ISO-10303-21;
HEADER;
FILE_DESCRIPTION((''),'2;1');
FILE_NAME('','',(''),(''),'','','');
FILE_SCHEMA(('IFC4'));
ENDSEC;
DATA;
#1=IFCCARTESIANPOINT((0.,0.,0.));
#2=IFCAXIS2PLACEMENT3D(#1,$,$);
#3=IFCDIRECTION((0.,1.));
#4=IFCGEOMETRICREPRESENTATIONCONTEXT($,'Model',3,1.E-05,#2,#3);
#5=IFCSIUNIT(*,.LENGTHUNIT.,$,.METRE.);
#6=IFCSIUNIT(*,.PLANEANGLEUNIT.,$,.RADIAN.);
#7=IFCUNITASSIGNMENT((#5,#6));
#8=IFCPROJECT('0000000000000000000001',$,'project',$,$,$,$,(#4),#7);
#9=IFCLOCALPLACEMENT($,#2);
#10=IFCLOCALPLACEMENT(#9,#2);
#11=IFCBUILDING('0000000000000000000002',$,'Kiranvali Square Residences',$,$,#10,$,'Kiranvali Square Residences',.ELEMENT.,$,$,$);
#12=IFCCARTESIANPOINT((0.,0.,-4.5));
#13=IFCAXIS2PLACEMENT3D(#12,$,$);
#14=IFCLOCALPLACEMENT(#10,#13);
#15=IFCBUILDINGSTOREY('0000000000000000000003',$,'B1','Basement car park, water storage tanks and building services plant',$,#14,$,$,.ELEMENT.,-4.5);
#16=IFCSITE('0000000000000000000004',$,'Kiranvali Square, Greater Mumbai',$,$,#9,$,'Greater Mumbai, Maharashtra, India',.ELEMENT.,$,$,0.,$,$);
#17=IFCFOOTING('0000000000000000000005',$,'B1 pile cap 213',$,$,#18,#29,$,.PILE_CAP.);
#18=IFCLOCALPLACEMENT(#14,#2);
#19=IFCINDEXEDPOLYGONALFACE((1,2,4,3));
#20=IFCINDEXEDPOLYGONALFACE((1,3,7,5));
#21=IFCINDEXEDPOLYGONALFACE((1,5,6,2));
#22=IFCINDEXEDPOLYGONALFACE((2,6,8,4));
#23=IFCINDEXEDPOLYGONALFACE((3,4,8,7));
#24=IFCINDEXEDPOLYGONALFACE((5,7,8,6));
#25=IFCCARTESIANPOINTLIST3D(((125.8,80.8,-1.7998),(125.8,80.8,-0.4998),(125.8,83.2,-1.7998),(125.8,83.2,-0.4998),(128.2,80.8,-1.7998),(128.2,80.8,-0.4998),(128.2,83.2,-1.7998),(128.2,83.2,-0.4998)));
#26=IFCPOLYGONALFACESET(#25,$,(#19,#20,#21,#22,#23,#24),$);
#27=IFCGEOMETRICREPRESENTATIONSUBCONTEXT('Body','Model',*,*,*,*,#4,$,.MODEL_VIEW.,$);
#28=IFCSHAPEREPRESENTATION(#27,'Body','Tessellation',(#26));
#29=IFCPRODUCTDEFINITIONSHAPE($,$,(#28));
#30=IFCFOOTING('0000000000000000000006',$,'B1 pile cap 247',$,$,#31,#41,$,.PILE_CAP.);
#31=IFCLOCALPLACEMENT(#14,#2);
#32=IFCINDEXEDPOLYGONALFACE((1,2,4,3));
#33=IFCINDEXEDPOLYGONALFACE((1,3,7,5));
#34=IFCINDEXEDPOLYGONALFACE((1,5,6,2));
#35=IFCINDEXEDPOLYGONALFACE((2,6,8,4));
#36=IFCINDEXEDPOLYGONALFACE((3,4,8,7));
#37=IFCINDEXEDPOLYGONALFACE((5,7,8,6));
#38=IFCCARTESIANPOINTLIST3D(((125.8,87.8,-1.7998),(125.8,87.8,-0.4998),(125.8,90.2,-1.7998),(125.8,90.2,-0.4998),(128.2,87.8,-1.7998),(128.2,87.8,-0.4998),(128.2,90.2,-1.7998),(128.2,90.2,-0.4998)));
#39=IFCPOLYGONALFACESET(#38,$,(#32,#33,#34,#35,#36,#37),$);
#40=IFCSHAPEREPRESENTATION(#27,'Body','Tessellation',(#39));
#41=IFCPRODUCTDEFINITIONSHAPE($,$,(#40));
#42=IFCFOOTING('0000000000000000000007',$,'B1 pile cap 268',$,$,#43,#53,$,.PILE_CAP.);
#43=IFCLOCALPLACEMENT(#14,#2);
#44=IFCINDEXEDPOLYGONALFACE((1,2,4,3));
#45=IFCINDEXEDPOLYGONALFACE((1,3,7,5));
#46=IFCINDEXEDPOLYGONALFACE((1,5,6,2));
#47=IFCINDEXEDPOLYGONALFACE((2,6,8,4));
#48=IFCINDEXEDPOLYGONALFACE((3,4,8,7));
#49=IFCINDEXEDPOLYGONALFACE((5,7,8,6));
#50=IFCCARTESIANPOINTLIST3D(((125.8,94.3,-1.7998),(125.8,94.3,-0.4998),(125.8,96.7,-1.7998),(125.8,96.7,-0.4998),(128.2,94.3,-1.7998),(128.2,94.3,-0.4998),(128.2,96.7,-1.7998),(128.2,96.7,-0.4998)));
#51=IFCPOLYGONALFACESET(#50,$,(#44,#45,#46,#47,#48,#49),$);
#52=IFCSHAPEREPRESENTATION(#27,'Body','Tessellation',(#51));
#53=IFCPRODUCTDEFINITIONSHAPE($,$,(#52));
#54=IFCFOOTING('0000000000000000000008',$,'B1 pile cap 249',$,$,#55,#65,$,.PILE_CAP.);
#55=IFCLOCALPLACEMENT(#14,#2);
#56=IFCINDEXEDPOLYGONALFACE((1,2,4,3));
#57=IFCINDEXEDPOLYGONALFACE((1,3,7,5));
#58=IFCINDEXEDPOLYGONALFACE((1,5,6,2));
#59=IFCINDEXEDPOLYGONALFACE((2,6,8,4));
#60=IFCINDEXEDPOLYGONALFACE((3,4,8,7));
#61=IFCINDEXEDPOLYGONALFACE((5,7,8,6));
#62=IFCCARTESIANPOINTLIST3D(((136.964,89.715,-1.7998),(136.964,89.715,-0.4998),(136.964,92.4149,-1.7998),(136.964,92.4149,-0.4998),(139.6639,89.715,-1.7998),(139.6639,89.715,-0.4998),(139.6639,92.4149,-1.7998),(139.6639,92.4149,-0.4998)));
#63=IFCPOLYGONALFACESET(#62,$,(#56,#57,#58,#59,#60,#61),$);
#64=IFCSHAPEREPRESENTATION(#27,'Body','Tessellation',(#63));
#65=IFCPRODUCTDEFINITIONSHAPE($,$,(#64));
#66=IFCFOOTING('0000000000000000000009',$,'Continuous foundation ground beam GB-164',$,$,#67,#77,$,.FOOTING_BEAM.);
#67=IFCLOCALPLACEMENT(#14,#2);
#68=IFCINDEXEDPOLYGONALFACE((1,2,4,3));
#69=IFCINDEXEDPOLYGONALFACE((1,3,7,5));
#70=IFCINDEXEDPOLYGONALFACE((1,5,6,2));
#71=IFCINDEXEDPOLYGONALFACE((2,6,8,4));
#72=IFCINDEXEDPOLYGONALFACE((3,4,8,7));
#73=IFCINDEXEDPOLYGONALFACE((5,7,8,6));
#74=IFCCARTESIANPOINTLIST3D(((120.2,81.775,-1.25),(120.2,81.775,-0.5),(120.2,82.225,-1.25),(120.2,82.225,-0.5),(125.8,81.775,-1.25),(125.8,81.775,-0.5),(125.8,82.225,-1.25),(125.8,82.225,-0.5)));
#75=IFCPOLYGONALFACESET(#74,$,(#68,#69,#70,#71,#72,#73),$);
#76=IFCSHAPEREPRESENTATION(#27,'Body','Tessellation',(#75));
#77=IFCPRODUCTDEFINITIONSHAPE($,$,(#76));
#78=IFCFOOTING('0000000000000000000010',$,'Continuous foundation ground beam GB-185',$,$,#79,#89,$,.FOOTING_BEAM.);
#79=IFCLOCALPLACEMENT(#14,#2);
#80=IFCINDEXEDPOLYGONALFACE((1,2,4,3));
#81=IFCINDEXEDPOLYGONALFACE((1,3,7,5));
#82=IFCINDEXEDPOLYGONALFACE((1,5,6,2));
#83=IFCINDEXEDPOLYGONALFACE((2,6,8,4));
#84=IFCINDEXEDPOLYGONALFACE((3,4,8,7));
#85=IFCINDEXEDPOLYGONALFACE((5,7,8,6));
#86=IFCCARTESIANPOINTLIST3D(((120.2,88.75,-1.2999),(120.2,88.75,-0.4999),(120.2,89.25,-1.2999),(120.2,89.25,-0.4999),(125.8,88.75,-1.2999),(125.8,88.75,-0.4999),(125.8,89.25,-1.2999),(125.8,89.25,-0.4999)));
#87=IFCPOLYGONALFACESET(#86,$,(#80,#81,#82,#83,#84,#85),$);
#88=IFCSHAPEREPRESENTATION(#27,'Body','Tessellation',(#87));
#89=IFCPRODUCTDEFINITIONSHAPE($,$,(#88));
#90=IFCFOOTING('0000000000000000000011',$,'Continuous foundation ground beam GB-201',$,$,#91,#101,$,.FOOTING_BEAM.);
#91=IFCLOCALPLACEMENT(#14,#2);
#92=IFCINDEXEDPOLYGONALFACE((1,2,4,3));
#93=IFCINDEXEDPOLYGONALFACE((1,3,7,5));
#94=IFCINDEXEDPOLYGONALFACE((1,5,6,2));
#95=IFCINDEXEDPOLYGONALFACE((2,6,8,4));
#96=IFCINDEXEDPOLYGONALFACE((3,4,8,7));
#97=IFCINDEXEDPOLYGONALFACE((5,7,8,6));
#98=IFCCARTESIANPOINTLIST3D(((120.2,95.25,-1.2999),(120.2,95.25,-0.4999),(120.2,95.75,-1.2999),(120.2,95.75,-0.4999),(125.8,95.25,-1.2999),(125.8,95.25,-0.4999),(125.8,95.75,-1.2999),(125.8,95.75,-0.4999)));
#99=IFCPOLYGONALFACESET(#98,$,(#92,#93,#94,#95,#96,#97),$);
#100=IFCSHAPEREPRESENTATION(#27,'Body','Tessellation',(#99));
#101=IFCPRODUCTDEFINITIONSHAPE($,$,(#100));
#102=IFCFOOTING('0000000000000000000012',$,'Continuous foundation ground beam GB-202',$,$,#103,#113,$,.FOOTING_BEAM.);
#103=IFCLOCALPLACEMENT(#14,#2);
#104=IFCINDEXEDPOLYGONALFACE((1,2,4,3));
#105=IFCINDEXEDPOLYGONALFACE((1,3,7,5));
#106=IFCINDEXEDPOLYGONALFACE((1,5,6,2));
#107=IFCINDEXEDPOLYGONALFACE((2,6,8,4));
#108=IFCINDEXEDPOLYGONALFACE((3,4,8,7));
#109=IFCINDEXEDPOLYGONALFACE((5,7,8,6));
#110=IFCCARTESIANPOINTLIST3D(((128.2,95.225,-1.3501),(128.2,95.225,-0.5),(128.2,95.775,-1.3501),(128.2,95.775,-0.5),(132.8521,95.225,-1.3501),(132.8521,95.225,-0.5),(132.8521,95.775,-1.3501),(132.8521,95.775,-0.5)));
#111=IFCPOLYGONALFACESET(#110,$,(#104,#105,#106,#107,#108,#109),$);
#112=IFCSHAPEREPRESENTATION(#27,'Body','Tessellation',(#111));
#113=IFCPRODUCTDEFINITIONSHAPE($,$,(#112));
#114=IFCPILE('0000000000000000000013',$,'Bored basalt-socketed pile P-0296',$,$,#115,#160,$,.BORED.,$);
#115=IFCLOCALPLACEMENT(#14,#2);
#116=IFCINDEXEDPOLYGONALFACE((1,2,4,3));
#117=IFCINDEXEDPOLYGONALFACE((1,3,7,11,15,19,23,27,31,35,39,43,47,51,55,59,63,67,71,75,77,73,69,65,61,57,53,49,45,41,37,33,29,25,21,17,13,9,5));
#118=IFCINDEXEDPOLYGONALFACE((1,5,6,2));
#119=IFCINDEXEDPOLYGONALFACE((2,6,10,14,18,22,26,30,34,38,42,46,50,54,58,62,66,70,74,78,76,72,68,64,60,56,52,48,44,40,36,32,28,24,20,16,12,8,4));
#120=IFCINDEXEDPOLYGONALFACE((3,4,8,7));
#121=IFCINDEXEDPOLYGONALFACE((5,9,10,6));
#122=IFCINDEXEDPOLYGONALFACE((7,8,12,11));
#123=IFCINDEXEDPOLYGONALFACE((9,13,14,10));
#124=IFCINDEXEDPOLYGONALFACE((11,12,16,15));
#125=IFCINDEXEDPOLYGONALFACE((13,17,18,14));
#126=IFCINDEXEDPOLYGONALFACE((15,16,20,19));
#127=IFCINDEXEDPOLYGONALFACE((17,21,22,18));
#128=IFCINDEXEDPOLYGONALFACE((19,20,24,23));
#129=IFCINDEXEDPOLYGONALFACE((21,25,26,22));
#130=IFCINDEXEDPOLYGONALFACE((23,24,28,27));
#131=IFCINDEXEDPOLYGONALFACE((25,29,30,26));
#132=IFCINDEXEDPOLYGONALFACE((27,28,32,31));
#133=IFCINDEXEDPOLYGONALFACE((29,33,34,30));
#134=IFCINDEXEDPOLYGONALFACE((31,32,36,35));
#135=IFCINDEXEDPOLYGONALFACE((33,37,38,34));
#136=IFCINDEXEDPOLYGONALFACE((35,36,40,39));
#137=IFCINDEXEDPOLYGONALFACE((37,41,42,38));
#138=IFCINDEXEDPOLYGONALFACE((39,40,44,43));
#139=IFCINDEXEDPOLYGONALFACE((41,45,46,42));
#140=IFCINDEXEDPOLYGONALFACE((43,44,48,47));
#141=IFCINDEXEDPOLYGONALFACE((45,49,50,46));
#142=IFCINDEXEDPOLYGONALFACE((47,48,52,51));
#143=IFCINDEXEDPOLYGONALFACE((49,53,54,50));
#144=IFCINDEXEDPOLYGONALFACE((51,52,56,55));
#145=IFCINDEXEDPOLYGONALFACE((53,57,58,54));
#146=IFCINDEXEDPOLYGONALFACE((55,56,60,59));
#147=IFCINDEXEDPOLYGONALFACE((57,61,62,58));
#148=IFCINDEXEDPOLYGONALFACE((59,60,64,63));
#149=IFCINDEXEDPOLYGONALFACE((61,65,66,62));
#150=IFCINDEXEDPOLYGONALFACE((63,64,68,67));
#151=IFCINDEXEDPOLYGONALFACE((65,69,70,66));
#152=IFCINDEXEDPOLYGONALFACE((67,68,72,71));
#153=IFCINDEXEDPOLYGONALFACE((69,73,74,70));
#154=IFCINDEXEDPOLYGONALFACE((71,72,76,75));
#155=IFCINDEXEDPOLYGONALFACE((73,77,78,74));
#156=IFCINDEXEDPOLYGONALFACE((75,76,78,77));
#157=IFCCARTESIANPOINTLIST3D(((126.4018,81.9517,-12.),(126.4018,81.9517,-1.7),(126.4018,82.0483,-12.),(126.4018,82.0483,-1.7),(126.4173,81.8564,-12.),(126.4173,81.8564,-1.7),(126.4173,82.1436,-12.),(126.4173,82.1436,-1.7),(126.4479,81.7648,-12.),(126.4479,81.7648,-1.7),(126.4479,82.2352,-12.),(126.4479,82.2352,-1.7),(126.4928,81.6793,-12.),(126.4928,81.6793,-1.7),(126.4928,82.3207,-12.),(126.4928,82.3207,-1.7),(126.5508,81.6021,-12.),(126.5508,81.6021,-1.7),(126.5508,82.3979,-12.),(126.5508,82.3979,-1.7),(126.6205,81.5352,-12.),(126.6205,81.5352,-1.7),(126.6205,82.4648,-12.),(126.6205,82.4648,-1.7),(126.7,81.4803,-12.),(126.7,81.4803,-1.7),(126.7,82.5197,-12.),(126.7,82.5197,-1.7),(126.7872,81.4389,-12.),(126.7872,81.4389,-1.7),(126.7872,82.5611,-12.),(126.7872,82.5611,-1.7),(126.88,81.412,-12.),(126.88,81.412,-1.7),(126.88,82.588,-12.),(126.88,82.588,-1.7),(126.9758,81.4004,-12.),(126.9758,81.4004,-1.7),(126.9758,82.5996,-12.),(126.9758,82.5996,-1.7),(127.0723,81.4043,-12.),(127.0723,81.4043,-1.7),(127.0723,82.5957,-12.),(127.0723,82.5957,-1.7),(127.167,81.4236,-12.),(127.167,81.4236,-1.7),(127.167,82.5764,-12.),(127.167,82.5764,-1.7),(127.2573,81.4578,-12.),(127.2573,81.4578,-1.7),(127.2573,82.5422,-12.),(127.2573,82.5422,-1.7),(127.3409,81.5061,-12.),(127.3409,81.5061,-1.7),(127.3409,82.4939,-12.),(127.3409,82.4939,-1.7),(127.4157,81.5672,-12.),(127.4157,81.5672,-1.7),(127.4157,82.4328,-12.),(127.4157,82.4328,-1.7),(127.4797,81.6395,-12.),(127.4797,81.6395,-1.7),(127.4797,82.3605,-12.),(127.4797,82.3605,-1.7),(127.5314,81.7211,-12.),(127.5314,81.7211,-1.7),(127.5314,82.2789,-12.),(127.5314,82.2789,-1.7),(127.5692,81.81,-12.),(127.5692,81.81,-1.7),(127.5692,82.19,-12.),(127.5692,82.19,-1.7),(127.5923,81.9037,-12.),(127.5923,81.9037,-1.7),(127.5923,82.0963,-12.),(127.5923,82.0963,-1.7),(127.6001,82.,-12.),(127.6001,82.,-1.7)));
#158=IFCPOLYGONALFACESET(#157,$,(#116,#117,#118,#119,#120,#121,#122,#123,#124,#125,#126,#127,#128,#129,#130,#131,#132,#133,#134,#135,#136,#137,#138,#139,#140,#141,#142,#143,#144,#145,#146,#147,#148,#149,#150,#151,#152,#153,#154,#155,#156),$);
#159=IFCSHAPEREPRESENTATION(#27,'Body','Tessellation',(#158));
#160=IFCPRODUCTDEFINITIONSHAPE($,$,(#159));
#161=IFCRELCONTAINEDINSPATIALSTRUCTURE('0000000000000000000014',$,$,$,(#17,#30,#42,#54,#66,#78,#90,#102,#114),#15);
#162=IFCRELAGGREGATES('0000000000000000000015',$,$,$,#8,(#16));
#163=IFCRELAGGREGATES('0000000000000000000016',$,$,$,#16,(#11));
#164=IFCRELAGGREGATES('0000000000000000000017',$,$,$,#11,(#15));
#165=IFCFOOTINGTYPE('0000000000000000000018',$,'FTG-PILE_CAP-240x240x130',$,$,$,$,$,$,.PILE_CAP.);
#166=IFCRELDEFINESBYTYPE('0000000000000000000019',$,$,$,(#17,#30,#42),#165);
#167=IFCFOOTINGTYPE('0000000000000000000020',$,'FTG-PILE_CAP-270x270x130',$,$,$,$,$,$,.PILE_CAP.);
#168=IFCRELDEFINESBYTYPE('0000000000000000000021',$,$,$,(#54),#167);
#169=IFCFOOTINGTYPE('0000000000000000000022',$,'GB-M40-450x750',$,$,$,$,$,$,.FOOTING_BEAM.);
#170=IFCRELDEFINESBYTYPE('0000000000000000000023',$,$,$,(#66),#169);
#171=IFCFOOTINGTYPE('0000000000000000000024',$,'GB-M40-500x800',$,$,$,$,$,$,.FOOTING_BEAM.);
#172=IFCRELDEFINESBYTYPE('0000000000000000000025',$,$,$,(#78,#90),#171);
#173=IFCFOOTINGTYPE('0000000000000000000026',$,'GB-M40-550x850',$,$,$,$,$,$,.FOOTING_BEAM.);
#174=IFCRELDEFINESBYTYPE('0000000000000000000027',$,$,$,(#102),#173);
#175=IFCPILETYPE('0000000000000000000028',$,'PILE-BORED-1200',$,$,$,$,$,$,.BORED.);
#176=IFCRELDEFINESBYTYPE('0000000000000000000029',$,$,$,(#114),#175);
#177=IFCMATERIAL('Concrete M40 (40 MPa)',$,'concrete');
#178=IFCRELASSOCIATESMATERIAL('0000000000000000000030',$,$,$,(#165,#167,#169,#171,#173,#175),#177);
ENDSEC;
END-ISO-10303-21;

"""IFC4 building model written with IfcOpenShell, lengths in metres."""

from ifc_helpers import new_model, si_unit, direction, frame, origin, origin_2d, place, context, subcontext, project, spatial, rectangle, circle, extrude, material, material_profile, profile_set, type_object, element, save


model = new_model("IFC4")

# Units and contexts
model_context = context("Model", 3, precision=1e-05, world=origin(), true_north=direction((0.0, 1.0)))
body_context = subcontext(model_context, "Body", "Model", "MODEL_VIEW")
ifc_project = project(units=[si_unit("LENGTHUNIT", "METRE"), si_unit("PLANEANGLEUNIT", "RADIAN")], contexts=[model_context])

# Site, building, storey
site_placement = place(None, origin())
site = spatial("IfcSite", under=ifc_project, at=site_placement, Name="Kiranvali Square, Greater Mumbai", LongName="Greater Mumbai, Maharashtra, India", CompositionType="ELEMENT", RefElevation=0.0)
building_placement = place(site_placement, origin())
building = spatial("IfcBuilding", under=site, at=building_placement, Name="Kiranvali Square Residences", LongName="Kiranvali Square Residences", CompositionType="ELEMENT")
storey_placement = place(building_placement, frame((0.0, 0.0, -4.5)))
storey = spatial("IfcBuildingStorey", under=building, at=storey_placement, Name="B1", Description="Basement car park, water storage tanks and building services plant", CompositionType="ELEMENT", Elevation=-4.5)

# Footings
ifc_material_1 = material(Name="Concrete M40 (40 MPa)", Category="concrete")
footing_type_1 = type_object("IfcFootingType", Name="FTG-PILE_CAP-240x240x130", PredefinedType="PILE_CAP", material=ifc_material_1)
for number, where, z_axis, x_axis, name in (
    (1, (127.0, 82.0, -1.7998), (0.0, 0.0, 1.0), (1.0, 0.0, 0.0), "B1 pile cap 213"),
    (2, (127.0, 89.0, -1.7998), (0.0, 0.0, 1.0), (1.0, 0.0, 0.0), "B1 pile cap 247"),
    (3, (127.0, 95.5, -1.7998), (0.0, 0.0, 1.0), (1.0, 0.0, 0.0), "B1 pile cap 268"),
):
    element("IfcFooting", number, at=place(storey_placement, frame(where, z_axis=z_axis, x_axis=x_axis)), inside=storey, type_object=footing_type_1, Name=name, PredefinedType="PILE_CAP", context=body_context, shape_type="SweptSolid", body=[
        extrude(rectangle(XDim=2.3999, YDim=2.3999, at=origin_2d()), origin(), (0.0, 0.0, 1.0), 1.3),
    ])
footing_type_2 = type_object("IfcFootingType", Name="FTG-PILE_CAP-270x270x130", PredefinedType="PILE_CAP", material=ifc_material_1)
footing_1_placement = place(storey_placement, frame((138.314, 91.0649, -1.7998), z_axis=(0.0, 0.0, 1.0), x_axis=(1.0, 0.0, 0.0)))
element("IfcFooting", 4, at=footing_1_placement, inside=storey, type_object=footing_type_2, Name="B1 pile cap 249", PredefinedType="PILE_CAP", context=body_context, shape_type="SweptSolid", body=[
    extrude(rectangle(XDim=2.7, YDim=2.7, at=origin_2d()), origin(), (0.0, 0.0, 1.0), 1.3),
])
ifc_material_profile_1 = material_profile(ifc_material_1, rectangle(XDim=0.45, YDim=0.75, at=origin_2d()), Name="GB 450x750")
ifc_profile_set_1 = profile_set([ifc_material_profile_1], Name="Concrete M40 (40 MPa)")
footing_type_3 = type_object("IfcFootingType", Name="GB-M40-450x750", PredefinedType="FOOTING_BEAM", material=ifc_profile_set_1)
footing_2_placement = place(storey_placement, frame((120.2, 82.0, -0.875), z_axis=(1.0, 0.0, 0.0), x_axis=(0.0, 1.0, 0.0)))
element("IfcFooting", 5, at=footing_2_placement, inside=storey, type_object=footing_type_3, Name="Continuous foundation ground beam GB-164", PredefinedType="FOOTING_BEAM", context=body_context, shape_type="SweptSolid", body=[
    extrude(rectangle(XDim=0.45, YDim=0.75, at=origin_2d()), origin(), (0.0, 0.0, 1.0), 5.6001),
])
ifc_material_profile_2 = material_profile(ifc_material_1, rectangle(XDim=0.5, YDim=0.8, at=origin_2d()), Name="GB 500x800")
ifc_profile_set_2 = profile_set([ifc_material_profile_2], Name="Concrete M40 (40 MPa)")
footing_type_4 = type_object("IfcFootingType", Name="GB-M40-500x800", PredefinedType="FOOTING_BEAM", material=ifc_profile_set_2)
for number, where, z_axis, x_axis, name in (
    (6, (120.2, 89.0, -0.8999), (1.0, 0.0, 0.0), (0.0, 1.0, 0.0), "Continuous foundation ground beam GB-185"),
    (7, (120.2, 95.5, -0.8999), (1.0, 0.0, 0.0), (0.0, 1.0, 0.0), "Continuous foundation ground beam GB-201"),
):
    element("IfcFooting", number, at=place(storey_placement, frame(where, z_axis=z_axis, x_axis=x_axis)), inside=storey, type_object=footing_type_4, Name=name, PredefinedType="FOOTING_BEAM", context=body_context, shape_type="SweptSolid", body=[
        extrude(rectangle(XDim=0.5, YDim=0.8, at=origin_2d()), origin(), (0.0, 0.0, 1.0), 5.6001),
    ])
ifc_material_profile_3 = material_profile(ifc_material_1, rectangle(XDim=0.55, YDim=0.8501, at=origin_2d()), Name="GB 550x850")
ifc_profile_set_3 = profile_set([ifc_material_profile_3], Name="Concrete M40 (40 MPa)")
footing_type_5 = type_object("IfcFootingType", Name="GB-M40-550x850", PredefinedType="FOOTING_BEAM", material=ifc_profile_set_3)
footing_3_placement = place(storey_placement, frame((128.2, 95.5, -0.925), z_axis=(1.0, 0.0, 0.0), x_axis=(0.0, 1.0, 0.0)))
element("IfcFooting", 8, at=footing_3_placement, inside=storey, type_object=footing_type_5, Name="Continuous foundation ground beam GB-202", PredefinedType="FOOTING_BEAM", context=body_context, shape_type="SweptSolid", body=[
    extrude(rectangle(XDim=0.55, YDim=0.8501, at=origin_2d()), origin(), (0.0, 0.0, 1.0), 4.6521),
])

# Pile
ifc_material_profile_4 = material_profile(ifc_material_1, circle(Radius=0.6001, at=origin_2d()), Name="BORED PILE 1200")
ifc_profile_set_4 = profile_set([ifc_material_profile_4], Name="Concrete M40 (40 MPa)")
pile_type_1 = type_object("IfcPileType", Name="PILE-BORED-1200", PredefinedType="BORED", material=ifc_profile_set_4)
for number, where, z_axis, x_axis, name in (
    (9, (127.0, 82.0, -1.7), (0.0, 0.0, -1.0), (1.0, 0.0, 0.0), "Bored basalt-socketed pile P-0296"),
):
    element("IfcPile", number, at=place(storey_placement, frame(where, z_axis=z_axis, x_axis=x_axis)), inside=storey, type_object=pile_type_1, Name=name, PredefinedType="BORED", context=body_context, shape_type="SweptSolid", body=[
        extrude(circle(Radius=0.6001, at=origin_2d()), origin(), (0.0, 0.0, 1.0), 10.3),
    ])

save(model, "model.ifc")
